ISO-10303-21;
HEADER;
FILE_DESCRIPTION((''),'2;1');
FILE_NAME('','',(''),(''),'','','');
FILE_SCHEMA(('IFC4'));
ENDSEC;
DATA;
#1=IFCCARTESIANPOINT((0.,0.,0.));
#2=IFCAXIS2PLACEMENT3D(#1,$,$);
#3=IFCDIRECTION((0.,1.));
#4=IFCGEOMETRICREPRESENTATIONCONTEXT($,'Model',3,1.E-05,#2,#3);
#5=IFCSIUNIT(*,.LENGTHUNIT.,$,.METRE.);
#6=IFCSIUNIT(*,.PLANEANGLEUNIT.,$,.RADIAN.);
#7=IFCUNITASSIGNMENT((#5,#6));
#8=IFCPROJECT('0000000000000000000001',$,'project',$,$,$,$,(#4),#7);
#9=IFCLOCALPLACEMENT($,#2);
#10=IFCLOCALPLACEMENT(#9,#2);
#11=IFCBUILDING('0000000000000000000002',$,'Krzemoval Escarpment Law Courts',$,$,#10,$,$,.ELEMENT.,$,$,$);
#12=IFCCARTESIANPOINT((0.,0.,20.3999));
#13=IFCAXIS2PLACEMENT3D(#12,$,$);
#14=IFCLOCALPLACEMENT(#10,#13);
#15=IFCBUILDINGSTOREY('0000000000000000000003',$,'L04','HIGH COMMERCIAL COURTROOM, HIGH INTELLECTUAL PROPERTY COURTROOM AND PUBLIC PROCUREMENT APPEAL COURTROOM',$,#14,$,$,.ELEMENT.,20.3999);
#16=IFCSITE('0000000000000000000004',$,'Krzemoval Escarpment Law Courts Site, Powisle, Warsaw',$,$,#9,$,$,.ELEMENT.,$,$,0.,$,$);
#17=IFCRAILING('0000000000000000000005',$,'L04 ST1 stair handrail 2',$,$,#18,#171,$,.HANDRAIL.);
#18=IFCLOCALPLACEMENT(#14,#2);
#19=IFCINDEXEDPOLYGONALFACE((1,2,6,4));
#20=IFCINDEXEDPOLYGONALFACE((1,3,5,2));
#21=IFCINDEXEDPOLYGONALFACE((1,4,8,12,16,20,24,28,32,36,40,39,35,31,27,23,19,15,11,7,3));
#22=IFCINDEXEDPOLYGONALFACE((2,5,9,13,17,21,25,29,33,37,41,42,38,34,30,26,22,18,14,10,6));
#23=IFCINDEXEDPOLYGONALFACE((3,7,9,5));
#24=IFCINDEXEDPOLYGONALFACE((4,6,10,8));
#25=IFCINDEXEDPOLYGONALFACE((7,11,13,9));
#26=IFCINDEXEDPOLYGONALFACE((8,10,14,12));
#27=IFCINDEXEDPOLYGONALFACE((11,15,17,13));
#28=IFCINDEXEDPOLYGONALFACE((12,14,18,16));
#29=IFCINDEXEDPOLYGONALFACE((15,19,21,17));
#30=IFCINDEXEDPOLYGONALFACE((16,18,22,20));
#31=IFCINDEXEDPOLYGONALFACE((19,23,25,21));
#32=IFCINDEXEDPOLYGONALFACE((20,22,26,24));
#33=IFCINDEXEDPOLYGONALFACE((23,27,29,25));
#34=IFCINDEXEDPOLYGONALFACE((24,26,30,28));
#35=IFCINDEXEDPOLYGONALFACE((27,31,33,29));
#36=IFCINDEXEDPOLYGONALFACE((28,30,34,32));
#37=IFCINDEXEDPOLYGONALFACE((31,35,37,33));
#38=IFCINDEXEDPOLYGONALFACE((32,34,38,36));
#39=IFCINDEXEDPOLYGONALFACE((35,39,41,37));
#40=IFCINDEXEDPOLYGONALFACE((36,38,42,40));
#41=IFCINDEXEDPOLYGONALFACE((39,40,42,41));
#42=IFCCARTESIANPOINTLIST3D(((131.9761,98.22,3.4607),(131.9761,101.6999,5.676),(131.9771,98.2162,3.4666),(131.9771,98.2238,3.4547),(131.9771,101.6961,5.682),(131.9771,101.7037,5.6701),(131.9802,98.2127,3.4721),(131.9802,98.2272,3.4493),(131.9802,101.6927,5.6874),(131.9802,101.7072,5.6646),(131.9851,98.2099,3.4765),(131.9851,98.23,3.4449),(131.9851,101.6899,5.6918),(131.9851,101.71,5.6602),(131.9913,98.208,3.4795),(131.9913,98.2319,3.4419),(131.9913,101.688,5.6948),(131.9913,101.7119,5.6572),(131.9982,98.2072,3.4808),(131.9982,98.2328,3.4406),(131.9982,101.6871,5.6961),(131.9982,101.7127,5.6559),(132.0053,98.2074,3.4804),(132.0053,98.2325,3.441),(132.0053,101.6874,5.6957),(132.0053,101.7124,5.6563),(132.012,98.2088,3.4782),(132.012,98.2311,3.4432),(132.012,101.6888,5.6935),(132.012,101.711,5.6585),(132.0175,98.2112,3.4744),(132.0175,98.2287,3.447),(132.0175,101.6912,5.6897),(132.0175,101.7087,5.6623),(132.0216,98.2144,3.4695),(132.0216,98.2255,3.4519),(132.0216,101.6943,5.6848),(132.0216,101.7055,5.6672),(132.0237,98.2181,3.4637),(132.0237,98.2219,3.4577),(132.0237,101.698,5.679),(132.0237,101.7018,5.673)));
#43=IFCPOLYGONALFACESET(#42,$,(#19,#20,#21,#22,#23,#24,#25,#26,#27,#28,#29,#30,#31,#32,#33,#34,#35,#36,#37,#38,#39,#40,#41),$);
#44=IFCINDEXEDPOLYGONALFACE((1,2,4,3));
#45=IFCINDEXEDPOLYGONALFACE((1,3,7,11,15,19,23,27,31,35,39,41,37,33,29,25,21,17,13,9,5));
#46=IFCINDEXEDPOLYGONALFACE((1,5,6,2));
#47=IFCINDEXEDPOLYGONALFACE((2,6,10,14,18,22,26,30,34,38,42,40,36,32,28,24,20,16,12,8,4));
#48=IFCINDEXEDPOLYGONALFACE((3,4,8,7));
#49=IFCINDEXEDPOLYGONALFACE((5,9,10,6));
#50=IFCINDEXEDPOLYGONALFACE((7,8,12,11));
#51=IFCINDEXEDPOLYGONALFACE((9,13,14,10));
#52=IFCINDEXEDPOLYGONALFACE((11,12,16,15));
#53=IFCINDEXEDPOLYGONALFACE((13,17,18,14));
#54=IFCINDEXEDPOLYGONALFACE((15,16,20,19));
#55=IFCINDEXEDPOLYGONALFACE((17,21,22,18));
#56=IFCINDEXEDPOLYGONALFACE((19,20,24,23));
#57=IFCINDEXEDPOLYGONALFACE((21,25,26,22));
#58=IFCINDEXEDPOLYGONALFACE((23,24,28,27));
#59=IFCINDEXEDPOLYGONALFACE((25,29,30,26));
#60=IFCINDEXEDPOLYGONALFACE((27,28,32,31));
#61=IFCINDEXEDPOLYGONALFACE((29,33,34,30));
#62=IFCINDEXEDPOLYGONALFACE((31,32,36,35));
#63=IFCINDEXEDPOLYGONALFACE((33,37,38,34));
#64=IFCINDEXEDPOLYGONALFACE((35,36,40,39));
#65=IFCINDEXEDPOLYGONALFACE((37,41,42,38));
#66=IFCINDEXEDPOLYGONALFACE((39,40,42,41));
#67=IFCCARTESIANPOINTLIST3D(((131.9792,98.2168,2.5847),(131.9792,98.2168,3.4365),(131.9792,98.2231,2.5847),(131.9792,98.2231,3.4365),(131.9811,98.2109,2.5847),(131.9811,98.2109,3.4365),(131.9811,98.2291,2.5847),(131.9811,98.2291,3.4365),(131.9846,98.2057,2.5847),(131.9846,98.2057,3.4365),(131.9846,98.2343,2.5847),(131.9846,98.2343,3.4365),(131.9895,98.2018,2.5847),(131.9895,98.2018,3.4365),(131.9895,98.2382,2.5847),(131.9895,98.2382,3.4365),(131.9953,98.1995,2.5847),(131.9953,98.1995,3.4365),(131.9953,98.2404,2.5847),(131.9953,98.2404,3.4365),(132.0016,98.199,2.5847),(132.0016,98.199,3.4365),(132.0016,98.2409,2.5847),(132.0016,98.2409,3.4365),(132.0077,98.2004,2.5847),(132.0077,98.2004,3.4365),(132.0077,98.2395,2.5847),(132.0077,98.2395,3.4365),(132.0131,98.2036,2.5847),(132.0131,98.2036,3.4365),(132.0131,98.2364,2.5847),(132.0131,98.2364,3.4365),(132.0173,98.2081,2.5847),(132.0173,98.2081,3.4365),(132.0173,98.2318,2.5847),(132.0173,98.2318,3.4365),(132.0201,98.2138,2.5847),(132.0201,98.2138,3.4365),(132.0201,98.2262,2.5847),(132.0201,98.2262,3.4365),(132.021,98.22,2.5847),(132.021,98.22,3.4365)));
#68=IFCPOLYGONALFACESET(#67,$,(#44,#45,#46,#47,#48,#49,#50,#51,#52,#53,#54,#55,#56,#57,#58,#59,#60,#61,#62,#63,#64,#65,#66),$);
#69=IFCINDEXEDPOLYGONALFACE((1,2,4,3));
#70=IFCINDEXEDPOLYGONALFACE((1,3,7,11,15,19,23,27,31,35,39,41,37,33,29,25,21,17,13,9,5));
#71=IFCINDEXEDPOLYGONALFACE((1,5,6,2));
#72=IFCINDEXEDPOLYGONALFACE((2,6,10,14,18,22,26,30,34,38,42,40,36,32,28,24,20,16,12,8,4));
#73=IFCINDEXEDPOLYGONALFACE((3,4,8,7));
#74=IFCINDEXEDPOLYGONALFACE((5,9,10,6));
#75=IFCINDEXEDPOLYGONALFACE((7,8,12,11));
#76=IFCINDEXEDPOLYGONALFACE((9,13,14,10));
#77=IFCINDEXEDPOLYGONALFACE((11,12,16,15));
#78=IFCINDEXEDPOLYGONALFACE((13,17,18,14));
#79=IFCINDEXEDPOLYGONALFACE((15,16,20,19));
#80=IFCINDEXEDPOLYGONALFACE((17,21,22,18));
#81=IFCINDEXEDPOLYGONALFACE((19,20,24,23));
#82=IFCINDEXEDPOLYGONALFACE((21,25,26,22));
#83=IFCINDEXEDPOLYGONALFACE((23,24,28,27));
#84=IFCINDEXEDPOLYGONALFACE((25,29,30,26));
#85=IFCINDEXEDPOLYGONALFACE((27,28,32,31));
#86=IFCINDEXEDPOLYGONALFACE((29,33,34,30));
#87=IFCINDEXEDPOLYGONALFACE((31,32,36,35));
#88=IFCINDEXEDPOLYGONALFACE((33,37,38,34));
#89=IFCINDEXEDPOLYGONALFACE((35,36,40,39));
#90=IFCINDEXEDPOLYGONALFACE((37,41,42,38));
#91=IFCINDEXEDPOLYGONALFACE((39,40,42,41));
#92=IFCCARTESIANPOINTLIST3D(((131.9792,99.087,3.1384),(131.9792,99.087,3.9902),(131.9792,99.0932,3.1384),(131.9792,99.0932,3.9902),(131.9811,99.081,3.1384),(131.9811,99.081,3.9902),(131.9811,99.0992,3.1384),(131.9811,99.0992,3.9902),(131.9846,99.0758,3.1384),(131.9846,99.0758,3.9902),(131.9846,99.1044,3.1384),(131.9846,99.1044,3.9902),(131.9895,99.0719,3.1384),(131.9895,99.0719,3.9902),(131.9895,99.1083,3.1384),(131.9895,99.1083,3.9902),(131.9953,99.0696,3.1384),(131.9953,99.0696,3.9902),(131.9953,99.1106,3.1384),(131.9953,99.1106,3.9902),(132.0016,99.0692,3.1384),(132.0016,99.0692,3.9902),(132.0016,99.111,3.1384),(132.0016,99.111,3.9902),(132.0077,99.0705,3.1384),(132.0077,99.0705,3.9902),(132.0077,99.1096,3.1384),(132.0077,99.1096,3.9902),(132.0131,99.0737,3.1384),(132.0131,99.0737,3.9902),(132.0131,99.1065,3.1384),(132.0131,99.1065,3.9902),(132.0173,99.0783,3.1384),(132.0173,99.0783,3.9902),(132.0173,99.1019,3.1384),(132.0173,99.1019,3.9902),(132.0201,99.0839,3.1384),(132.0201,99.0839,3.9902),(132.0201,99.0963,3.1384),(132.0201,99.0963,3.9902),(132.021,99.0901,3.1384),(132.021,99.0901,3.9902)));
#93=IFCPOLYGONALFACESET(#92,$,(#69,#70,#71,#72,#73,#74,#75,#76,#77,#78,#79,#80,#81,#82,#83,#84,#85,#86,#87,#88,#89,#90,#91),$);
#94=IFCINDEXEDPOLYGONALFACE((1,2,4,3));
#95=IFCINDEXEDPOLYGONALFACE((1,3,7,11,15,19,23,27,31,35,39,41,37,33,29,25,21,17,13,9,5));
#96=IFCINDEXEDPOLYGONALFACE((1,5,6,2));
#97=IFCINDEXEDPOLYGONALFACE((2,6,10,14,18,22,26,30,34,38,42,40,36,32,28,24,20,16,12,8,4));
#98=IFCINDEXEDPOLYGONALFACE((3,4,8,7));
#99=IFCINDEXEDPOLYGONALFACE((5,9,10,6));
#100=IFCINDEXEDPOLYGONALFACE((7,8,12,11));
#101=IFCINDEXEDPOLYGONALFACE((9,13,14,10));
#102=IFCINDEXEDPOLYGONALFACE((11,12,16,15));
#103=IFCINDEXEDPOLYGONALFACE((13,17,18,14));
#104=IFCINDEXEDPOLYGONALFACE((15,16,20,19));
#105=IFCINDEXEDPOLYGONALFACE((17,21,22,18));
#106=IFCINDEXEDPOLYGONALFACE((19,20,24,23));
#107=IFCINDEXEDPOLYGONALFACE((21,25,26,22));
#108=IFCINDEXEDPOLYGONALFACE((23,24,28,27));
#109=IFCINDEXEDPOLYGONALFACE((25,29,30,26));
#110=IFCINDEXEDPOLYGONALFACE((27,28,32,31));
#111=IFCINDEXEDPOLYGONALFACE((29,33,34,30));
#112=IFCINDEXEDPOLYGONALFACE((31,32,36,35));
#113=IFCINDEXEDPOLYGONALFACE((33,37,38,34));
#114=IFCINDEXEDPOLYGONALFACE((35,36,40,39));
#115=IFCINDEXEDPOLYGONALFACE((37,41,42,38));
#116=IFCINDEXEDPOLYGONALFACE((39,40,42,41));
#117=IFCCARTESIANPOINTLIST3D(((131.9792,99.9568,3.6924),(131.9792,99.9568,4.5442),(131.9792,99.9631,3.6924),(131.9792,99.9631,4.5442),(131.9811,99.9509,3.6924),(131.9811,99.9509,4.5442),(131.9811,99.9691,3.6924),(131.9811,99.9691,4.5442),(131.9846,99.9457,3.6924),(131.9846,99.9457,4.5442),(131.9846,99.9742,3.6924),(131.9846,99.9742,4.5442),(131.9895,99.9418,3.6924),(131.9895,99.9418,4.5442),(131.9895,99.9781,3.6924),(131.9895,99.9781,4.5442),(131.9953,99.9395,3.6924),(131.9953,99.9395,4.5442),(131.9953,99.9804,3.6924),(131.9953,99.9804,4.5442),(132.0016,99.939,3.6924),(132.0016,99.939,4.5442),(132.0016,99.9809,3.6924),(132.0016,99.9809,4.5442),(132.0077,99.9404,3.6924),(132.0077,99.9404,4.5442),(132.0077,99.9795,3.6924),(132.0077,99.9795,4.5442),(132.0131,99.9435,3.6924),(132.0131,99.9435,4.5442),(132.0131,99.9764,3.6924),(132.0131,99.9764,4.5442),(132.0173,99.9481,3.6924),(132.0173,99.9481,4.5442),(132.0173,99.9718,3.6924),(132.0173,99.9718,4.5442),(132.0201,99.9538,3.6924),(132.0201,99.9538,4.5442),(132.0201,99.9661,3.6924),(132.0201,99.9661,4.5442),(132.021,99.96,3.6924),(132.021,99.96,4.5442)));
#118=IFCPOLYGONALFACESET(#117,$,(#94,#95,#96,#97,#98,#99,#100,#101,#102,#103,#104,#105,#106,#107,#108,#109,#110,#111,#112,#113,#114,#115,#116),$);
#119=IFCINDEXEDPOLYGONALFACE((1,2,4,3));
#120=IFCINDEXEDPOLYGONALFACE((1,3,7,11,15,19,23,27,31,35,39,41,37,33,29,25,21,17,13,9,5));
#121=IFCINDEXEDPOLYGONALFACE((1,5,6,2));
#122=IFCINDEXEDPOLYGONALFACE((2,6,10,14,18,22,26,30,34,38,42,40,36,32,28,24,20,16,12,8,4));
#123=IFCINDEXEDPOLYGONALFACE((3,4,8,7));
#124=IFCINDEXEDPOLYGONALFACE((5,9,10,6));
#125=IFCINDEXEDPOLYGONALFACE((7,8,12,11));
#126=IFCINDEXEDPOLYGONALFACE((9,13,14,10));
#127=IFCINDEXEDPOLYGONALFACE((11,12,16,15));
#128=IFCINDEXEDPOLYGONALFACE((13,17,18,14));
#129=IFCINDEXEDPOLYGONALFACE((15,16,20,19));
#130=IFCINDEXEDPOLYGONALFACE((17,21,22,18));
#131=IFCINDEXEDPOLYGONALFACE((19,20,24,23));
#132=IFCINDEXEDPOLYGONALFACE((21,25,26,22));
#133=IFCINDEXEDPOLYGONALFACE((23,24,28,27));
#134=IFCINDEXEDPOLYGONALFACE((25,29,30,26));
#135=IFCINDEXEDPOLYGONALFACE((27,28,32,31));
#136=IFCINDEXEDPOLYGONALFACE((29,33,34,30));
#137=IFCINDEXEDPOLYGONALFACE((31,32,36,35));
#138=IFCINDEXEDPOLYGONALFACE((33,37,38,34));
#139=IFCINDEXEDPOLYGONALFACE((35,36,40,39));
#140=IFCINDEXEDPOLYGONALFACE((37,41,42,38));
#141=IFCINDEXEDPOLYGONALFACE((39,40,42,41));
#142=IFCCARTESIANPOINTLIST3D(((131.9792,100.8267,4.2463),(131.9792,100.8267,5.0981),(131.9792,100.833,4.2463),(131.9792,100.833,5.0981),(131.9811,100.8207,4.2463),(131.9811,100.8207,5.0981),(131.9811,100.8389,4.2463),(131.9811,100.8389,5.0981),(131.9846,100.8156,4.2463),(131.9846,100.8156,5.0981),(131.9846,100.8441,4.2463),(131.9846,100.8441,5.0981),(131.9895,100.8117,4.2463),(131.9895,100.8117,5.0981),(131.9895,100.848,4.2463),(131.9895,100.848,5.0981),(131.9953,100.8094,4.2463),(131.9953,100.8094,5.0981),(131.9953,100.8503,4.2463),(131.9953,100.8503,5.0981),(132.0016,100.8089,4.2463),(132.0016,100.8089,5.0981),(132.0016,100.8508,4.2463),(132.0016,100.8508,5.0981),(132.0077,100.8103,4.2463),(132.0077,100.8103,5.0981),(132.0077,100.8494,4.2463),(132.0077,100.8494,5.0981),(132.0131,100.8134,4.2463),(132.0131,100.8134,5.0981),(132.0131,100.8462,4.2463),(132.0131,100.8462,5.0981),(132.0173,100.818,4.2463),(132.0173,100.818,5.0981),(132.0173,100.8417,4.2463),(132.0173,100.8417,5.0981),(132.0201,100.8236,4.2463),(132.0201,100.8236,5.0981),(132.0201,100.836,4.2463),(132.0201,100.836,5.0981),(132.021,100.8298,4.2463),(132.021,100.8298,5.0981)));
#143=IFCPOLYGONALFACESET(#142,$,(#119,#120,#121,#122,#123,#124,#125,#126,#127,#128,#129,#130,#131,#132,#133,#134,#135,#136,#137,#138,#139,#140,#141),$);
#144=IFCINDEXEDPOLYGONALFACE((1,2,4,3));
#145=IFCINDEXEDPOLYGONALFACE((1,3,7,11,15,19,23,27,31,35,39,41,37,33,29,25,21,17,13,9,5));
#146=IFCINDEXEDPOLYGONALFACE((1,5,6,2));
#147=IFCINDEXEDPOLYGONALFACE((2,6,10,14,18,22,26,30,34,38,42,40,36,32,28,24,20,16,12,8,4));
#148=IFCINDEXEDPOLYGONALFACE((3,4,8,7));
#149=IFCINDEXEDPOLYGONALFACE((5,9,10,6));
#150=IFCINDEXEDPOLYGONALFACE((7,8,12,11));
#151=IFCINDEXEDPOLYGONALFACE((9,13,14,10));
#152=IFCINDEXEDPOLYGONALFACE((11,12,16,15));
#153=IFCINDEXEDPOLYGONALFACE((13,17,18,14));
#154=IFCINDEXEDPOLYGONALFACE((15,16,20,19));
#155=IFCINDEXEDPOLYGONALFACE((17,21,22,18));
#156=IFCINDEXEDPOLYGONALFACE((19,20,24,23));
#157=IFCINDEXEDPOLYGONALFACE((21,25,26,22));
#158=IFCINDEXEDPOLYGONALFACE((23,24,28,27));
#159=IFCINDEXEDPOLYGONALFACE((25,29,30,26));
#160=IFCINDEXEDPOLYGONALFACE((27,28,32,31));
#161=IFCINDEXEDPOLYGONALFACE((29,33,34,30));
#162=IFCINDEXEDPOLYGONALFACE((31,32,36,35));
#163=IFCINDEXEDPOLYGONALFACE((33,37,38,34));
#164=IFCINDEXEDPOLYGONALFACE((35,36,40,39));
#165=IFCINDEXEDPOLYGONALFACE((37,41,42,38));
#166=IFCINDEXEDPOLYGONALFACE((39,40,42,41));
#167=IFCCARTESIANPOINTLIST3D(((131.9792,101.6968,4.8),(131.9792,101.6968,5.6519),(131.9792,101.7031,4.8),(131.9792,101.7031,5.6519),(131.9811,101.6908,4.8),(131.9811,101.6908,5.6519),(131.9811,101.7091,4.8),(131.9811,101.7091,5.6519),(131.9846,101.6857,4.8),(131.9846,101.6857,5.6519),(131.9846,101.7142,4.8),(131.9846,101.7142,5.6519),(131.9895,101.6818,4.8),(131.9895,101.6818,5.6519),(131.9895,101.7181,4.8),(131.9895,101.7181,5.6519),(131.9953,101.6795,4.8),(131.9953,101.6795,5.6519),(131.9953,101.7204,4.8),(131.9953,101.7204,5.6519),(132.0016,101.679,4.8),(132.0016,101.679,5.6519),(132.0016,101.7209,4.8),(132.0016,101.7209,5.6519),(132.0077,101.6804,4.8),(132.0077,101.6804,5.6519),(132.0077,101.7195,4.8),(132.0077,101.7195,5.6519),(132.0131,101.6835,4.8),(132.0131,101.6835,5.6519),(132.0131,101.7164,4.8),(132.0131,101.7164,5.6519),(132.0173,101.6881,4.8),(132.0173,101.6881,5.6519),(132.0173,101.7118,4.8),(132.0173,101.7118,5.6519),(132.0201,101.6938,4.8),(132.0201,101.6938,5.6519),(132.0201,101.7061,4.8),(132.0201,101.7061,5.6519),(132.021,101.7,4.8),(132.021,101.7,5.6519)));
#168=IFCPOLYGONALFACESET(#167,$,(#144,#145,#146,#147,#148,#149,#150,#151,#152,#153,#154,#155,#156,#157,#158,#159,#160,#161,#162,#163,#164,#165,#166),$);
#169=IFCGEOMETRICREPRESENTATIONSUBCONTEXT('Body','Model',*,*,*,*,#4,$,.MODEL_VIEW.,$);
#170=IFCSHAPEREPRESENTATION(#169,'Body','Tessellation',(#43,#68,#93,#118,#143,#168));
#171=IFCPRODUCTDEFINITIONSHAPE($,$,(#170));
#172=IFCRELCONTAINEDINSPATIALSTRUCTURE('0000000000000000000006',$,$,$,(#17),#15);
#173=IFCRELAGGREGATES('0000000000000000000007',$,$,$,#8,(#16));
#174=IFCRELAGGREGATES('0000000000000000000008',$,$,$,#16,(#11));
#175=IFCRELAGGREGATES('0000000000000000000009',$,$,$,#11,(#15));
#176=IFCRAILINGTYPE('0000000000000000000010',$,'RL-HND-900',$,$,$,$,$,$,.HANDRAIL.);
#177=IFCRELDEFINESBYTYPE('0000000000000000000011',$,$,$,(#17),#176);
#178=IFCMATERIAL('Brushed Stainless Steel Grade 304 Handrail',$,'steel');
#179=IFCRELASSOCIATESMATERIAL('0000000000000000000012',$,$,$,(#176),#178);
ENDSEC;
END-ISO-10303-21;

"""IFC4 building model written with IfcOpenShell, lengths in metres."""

from ifc_helpers import new_model, si_unit, direction, frame, origin, origin_2d, place, context, subcontext, project, spatial, circle, extrude, material, type_object, element, save


model = new_model("IFC4")

# Units and contexts
model_context = context("Model", 3, precision=1e-05, world=origin(), true_north=direction((0.0, 1.0)))
body_context = subcontext(model_context, "Body", "Model", "MODEL_VIEW")
ifc_project = project(units=[si_unit("LENGTHUNIT", "METRE"), si_unit("PLANEANGLEUNIT", "RADIAN")], contexts=[model_context])

# Site, building, storey
site_placement = place(None, origin())
site = spatial("IfcSite", under=ifc_project, at=site_placement, Name="Krzemoval Escarpment Law Courts Site, Powisle, Warsaw", CompositionType="ELEMENT", RefElevation=0.0)
building_placement = place(site_placement, origin())
building = spatial("IfcBuilding", under=site, at=building_placement, Name="Krzemoval Escarpment Law Courts", CompositionType="ELEMENT")
storey_placement = place(building_placement, frame((0.0, 0.0, 20.3999)))
storey = spatial("IfcBuildingStorey", under=building, at=storey_placement, Name="L04", Description="HIGH COMMERCIAL COURTROOM, HIGH INTELLECTUAL PROPERTY COURTROOM AND PUBLIC PROCUREMENT APPEAL COURTROOM", CompositionType="ELEMENT", Elevation=20.3999)

# Railing
ifc_material_1 = material(Name="Brushed Stainless Steel Grade 304 Handrail", Category="steel")
railing_type_1 = type_object("IfcRailingType", Name="RL-HND-900", PredefinedType="HANDRAIL", material=ifc_material_1)
railing_1_placement = place(storey_placement, frame((132.0, 98.22, 2.5847)))
element("IfcRailing", 1, at=railing_1_placement, inside=storey, type_object=railing_type_1, Name="L04 ST1 stair handrail 2", PredefinedType="HANDRAIL", context=body_context, shape_type="SweptSolid", body=[
    extrude(circle(Radius=0.0239, at=origin_2d()), frame((0.0, 0.0, 0.876), z_axis=(0.0, 0.843574, 0.537013), x_axis=(-1.0, 0.0, 0.0)), (0.0, 0.0, 1.0), 4.1252),
    extrude(circle(Radius=0.021, at=origin_2d()), origin(), (0.0, 0.0, 1.0), 0.8518),
    extrude(circle(Radius=0.021, at=origin_2d()), frame((0.0, 0.8701, 0.5537)), (0.0, 0.0, 1.0), 0.8518),
    extrude(circle(Radius=0.021, at=origin_2d()), frame((0.0, 1.74, 1.1077)), (0.0, 0.0, 1.0), 0.8518),
    extrude(circle(Radius=0.021, at=origin_2d()), frame((0.0, 2.6099, 1.6616)), (0.0, 0.0, 1.0), 0.8518),
    extrude(circle(Radius=0.021, at=origin_2d()), frame((0.0, 3.48, 2.2153)), (0.0, 0.0, 1.0), 0.8518),
])

save(model, "model.ifc")
